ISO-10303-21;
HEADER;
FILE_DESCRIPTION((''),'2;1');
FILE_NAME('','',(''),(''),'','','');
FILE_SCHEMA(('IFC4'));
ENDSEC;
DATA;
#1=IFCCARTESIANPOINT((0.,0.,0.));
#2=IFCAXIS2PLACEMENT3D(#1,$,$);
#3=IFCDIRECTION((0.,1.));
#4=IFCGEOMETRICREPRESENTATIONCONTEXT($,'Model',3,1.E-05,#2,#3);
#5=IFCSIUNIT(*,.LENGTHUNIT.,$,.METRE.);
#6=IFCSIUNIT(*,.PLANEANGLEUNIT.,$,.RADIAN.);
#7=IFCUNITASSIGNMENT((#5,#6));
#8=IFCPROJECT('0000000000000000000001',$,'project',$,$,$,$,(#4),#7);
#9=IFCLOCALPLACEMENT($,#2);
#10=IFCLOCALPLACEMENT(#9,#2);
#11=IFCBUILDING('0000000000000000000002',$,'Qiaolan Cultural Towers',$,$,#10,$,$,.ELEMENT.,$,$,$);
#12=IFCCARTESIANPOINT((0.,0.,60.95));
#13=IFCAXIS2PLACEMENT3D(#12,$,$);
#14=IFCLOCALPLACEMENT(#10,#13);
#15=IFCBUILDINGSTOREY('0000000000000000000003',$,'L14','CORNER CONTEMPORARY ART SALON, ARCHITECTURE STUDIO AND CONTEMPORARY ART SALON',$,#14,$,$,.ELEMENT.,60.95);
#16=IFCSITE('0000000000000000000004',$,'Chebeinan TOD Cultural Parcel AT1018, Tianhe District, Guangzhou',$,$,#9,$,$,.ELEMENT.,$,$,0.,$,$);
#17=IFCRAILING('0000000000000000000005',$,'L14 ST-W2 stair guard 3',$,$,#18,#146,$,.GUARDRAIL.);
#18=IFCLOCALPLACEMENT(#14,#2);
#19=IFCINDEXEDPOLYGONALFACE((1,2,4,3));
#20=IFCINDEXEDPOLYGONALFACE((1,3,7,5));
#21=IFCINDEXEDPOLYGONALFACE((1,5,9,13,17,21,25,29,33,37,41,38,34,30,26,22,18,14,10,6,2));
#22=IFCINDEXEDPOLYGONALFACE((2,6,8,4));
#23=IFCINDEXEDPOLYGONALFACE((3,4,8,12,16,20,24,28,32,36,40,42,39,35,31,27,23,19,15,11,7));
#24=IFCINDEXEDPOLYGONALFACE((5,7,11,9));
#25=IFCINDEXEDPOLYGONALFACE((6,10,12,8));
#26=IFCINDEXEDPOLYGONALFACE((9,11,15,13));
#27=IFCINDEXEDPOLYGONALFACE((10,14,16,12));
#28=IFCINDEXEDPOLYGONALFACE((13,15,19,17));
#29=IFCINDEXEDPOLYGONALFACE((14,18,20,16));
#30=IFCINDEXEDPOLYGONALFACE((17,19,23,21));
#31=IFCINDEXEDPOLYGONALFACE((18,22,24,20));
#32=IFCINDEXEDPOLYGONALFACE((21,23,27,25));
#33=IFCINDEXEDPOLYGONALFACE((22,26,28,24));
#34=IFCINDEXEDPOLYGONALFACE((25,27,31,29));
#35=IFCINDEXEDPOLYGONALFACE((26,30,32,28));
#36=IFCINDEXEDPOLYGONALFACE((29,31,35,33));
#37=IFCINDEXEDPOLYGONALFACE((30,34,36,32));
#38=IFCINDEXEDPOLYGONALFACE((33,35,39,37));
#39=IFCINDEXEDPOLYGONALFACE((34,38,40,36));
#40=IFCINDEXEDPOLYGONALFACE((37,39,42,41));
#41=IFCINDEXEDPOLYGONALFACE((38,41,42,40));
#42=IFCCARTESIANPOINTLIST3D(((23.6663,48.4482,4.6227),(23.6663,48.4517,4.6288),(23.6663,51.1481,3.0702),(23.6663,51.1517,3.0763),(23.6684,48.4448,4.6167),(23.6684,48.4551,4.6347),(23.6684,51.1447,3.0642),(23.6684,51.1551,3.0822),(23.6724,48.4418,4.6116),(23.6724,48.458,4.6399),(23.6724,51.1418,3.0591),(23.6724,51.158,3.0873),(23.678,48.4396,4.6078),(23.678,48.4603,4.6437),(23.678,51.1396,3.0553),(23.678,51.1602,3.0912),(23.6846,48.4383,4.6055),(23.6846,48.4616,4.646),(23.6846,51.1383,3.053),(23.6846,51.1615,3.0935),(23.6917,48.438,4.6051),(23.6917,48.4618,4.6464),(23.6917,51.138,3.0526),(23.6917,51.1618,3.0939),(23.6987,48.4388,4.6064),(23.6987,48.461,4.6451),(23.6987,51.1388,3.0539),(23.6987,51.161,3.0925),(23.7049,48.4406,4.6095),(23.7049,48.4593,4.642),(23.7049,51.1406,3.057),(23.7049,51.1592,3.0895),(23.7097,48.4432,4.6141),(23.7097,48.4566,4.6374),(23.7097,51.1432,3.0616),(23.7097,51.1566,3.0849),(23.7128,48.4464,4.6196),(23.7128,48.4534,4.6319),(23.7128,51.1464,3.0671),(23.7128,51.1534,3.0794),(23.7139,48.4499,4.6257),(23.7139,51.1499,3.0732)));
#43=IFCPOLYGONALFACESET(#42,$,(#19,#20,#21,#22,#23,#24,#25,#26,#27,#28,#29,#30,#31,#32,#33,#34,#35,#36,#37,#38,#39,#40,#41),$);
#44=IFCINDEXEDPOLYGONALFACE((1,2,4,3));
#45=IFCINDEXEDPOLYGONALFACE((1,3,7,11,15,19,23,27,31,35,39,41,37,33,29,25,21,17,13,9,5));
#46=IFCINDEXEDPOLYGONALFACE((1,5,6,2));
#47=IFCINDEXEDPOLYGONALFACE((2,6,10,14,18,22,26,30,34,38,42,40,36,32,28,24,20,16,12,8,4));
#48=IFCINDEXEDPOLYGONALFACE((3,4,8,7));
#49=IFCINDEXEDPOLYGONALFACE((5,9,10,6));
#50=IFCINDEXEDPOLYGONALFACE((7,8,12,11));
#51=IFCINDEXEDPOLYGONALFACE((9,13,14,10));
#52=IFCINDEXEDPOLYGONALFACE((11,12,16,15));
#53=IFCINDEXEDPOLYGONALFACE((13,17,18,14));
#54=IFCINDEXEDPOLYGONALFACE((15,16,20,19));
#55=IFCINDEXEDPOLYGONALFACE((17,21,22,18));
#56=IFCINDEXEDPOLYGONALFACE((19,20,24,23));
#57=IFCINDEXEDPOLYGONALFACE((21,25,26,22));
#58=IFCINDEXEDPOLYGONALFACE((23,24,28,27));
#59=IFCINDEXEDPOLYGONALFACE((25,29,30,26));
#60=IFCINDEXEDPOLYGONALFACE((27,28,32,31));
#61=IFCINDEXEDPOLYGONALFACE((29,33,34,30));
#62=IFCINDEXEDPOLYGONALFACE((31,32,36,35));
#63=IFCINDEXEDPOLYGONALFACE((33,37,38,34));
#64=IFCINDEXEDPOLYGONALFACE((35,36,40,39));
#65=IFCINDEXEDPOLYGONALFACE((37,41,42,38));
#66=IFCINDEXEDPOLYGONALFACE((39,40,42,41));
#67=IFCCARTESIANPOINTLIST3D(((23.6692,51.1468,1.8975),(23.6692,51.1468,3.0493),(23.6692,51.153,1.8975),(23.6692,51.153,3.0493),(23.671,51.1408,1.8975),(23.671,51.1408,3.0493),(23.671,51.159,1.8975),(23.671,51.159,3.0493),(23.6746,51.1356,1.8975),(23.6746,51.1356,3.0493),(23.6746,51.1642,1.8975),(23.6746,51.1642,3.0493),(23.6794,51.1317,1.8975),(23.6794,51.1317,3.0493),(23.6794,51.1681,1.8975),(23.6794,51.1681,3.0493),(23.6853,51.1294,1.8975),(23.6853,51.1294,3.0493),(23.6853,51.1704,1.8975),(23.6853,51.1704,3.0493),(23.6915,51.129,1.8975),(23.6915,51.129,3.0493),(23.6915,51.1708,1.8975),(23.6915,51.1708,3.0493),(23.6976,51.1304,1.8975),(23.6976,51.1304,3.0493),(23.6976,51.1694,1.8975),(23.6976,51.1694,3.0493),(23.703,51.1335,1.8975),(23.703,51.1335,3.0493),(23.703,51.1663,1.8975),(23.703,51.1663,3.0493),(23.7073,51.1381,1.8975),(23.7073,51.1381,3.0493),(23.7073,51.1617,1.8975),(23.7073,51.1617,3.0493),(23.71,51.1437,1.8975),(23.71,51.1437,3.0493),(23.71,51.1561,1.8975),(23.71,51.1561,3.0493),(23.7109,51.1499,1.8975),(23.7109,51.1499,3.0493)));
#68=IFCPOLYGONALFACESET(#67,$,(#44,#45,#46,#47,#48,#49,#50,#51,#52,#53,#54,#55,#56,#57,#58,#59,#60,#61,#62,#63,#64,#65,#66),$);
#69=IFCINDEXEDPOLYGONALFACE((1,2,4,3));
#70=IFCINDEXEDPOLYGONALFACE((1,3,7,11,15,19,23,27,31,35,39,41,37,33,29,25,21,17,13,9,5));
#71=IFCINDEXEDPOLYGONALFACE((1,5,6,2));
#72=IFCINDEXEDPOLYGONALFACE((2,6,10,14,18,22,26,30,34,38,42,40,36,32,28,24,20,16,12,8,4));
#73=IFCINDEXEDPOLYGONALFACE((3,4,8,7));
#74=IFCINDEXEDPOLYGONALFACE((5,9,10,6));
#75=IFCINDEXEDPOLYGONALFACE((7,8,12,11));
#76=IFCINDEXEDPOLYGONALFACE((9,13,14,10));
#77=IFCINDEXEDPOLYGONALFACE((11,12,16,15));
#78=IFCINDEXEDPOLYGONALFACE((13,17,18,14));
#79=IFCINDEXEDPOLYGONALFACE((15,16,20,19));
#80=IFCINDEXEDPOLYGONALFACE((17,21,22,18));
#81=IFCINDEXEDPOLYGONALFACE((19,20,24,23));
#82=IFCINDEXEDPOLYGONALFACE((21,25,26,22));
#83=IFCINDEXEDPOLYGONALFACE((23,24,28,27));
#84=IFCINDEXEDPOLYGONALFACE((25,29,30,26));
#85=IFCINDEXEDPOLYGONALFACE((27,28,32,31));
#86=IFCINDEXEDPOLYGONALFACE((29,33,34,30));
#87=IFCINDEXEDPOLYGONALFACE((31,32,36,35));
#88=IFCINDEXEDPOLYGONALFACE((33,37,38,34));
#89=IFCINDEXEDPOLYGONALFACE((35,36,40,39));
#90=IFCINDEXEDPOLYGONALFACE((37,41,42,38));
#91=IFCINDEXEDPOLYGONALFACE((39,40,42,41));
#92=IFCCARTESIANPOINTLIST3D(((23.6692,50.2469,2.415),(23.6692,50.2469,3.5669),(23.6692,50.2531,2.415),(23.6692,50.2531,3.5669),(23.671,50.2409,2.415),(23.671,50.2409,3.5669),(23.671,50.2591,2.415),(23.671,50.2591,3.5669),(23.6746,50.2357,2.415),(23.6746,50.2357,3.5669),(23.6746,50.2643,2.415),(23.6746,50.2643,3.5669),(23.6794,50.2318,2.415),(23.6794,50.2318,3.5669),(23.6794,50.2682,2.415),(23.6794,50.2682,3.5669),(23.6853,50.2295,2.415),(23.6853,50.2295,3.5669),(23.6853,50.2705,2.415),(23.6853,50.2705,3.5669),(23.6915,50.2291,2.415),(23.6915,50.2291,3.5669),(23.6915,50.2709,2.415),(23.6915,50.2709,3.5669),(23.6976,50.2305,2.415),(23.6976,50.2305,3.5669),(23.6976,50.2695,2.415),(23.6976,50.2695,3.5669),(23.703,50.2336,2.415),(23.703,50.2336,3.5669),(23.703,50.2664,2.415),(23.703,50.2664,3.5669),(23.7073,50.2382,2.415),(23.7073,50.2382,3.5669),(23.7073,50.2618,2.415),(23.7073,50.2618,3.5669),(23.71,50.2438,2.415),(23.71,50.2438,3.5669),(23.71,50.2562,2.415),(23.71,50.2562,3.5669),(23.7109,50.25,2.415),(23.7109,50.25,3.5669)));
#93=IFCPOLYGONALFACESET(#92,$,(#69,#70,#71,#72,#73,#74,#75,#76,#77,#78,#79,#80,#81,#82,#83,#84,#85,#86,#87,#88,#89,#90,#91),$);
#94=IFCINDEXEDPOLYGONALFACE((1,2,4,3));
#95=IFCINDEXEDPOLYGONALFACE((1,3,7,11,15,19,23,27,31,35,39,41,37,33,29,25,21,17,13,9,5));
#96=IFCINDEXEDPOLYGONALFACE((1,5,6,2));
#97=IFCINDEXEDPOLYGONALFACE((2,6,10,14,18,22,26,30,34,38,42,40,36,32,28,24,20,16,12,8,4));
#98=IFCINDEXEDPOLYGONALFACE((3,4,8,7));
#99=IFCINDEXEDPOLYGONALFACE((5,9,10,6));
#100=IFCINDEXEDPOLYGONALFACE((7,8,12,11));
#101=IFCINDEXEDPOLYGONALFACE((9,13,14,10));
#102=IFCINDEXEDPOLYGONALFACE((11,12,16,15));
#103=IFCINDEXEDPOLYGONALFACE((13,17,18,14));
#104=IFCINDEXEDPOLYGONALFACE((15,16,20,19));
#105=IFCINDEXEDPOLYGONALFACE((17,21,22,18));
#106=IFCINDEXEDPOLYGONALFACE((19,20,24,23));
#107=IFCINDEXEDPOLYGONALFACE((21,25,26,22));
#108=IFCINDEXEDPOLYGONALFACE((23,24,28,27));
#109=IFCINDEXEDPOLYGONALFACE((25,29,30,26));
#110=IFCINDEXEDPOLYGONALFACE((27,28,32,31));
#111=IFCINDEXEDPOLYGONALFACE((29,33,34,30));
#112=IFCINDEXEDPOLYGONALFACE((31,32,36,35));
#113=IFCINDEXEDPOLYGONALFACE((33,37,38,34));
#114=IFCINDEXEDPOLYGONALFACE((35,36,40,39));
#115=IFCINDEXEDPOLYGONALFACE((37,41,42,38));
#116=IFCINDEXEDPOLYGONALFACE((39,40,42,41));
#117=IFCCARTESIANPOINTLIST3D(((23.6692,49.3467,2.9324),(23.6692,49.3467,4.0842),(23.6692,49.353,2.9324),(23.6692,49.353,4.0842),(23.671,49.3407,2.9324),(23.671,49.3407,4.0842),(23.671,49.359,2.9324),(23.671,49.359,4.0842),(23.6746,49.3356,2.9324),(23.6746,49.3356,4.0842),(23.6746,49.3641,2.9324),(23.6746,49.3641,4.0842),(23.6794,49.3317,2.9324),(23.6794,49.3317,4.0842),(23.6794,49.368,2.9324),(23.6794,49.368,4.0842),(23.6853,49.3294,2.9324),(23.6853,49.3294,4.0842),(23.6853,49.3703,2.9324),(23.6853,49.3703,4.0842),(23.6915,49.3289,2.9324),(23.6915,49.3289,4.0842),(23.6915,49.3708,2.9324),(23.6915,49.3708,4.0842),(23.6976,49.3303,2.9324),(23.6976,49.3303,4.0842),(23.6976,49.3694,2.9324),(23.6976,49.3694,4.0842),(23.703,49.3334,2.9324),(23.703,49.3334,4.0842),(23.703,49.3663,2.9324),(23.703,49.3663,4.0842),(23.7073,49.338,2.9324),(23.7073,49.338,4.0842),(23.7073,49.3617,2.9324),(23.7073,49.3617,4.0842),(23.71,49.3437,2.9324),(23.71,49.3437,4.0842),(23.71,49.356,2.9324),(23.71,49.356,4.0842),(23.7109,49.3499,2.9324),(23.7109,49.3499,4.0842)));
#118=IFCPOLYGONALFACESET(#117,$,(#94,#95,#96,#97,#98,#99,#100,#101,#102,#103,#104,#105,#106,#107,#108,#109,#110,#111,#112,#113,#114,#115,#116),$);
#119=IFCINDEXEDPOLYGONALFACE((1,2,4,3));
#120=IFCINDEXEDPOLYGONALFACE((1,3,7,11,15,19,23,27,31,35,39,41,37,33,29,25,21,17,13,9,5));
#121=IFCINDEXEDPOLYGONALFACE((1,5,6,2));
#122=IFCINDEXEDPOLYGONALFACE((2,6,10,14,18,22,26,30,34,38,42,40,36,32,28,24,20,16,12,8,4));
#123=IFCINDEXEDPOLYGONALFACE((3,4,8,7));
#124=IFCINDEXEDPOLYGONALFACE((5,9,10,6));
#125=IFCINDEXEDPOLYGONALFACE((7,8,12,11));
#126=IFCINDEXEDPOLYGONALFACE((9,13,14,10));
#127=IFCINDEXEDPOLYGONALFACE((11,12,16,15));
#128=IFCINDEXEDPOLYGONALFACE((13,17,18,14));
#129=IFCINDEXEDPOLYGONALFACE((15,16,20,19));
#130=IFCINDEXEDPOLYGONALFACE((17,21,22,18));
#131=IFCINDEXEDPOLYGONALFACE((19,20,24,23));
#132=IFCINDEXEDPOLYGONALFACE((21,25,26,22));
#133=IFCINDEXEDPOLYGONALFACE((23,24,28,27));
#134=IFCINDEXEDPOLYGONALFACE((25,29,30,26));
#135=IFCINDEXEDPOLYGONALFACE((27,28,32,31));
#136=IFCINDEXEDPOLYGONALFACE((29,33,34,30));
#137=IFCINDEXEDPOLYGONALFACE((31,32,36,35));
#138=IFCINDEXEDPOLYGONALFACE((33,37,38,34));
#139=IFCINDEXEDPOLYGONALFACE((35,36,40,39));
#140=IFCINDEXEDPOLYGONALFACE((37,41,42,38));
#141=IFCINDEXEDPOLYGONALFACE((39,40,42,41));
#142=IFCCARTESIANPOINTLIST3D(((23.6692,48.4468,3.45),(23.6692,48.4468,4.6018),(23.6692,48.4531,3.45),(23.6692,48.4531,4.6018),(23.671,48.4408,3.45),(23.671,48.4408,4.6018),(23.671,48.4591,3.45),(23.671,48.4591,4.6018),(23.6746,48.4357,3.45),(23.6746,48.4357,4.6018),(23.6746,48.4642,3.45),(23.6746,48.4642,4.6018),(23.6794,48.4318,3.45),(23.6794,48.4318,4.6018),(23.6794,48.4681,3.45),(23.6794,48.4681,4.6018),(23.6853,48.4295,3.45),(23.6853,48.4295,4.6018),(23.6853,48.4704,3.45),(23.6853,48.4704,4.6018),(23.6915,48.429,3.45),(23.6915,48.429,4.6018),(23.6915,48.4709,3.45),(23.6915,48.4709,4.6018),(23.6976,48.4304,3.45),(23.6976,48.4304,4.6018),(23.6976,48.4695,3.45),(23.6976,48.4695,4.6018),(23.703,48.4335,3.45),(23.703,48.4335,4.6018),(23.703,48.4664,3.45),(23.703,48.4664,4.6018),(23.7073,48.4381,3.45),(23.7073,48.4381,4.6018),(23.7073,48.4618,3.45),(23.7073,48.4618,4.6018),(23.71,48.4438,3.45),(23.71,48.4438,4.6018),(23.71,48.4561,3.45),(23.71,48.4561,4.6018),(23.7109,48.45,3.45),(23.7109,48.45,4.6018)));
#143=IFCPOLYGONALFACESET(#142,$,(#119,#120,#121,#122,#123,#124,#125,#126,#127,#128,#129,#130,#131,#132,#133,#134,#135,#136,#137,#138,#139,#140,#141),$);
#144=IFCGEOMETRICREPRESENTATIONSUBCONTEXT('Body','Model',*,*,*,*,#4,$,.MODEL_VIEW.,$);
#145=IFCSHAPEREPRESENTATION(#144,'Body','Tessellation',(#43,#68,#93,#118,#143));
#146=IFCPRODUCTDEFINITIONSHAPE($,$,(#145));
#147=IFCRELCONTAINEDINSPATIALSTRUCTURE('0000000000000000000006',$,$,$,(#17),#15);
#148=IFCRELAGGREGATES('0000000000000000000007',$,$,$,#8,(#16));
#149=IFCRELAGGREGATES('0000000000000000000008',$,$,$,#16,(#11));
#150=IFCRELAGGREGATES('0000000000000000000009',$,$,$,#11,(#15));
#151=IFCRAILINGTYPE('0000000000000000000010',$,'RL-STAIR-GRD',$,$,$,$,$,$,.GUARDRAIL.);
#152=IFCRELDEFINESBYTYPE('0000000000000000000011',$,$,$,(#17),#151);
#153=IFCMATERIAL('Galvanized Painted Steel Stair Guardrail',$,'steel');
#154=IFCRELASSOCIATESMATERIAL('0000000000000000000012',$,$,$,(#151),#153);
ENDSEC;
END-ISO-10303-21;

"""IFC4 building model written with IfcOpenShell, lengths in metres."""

from ifc_helpers import new_model, si_unit, direction, frame, origin, origin_2d, place, context, subcontext, project, spatial, circle, extrude, material, type_object, element, save


model = new_model("IFC4")

# Units and contexts
model_context = context("Model", 3, precision=1e-05, world=origin(), true_north=direction((0.0, 1.0)))
body_context = subcontext(model_context, "Body", "Model", "MODEL_VIEW")
ifc_project = project(units=[si_unit("LENGTHUNIT", "METRE"), si_unit("PLANEANGLEUNIT", "RADIAN")], contexts=[model_context])

# Site, building, storey
site_placement = place(None, origin())
site = spatial("IfcSite", under=ifc_project, at=site_placement, Name="Chebeinan TOD Cultural Parcel AT1018, Tianhe District, Guangzhou", CompositionType="ELEMENT", RefElevation=0.0)
building_placement = place(site_placement, origin())
building = spatial("IfcBuilding", under=site, at=building_placement, Name="Qiaolan Cultural Towers", CompositionType="ELEMENT")
storey_placement = place(building_placement, frame((0.0, 0.0, 60.95)))
storey = spatial("IfcBuildingStorey", under=building, at=storey_placement, Name="L14", Description="CORNER CONTEMPORARY ART SALON, ARCHITECTURE STUDIO AND CONTEMPORARY ART SALON", CompositionType="ELEMENT", Elevation=60.95)

# Railing
ifc_material_1 = material(Name="Galvanized Painted Steel Stair Guardrail", Category="steel")
railing_type_1 = type_object("IfcRailingType", Name="RL-STAIR-GRD", PredefinedType="GUARDRAIL", material=ifc_material_1)
railing_1_placement = place(storey_placement, frame((23.6899, 51.1499, 1.8975)))
element("IfcRailing", 1, at=railing_1_placement, inside=storey, type_object=railing_type_1, Name="L14 ST-W2 stair guard 3", PredefinedType="GUARDRAIL", context=body_context, shape_type="SweptSolid", body=[
    extrude(circle(Radius=0.0239, at=origin_2d()), frame((0.0, 0.0, 1.1758), z_axis=(0.0, -0.866904, 0.498476), x_axis=(1.0, 0.0, 0.0)), (0.0, 0.0, 1.0), 3.1145),
    extrude(circle(Radius=0.021, at=origin_2d()), origin(), (0.0, 0.0, 1.0), 1.1519),
    extrude(circle(Radius=0.021, at=origin_2d()), frame((0.0, -0.8999, 0.5176)), (0.0, 0.0, 1.0), 1.1519),
    extrude(circle(Radius=0.021, at=origin_2d()), frame((0.0, -1.8, 1.0349)), (0.0, 0.0, 1.0), 1.1519),
    extrude(circle(Radius=0.021, at=origin_2d()), frame((0.0, -2.7, 1.5525)), (0.0, 0.0, 1.0), 1.1519),
])

save(model, "model.ifc")
